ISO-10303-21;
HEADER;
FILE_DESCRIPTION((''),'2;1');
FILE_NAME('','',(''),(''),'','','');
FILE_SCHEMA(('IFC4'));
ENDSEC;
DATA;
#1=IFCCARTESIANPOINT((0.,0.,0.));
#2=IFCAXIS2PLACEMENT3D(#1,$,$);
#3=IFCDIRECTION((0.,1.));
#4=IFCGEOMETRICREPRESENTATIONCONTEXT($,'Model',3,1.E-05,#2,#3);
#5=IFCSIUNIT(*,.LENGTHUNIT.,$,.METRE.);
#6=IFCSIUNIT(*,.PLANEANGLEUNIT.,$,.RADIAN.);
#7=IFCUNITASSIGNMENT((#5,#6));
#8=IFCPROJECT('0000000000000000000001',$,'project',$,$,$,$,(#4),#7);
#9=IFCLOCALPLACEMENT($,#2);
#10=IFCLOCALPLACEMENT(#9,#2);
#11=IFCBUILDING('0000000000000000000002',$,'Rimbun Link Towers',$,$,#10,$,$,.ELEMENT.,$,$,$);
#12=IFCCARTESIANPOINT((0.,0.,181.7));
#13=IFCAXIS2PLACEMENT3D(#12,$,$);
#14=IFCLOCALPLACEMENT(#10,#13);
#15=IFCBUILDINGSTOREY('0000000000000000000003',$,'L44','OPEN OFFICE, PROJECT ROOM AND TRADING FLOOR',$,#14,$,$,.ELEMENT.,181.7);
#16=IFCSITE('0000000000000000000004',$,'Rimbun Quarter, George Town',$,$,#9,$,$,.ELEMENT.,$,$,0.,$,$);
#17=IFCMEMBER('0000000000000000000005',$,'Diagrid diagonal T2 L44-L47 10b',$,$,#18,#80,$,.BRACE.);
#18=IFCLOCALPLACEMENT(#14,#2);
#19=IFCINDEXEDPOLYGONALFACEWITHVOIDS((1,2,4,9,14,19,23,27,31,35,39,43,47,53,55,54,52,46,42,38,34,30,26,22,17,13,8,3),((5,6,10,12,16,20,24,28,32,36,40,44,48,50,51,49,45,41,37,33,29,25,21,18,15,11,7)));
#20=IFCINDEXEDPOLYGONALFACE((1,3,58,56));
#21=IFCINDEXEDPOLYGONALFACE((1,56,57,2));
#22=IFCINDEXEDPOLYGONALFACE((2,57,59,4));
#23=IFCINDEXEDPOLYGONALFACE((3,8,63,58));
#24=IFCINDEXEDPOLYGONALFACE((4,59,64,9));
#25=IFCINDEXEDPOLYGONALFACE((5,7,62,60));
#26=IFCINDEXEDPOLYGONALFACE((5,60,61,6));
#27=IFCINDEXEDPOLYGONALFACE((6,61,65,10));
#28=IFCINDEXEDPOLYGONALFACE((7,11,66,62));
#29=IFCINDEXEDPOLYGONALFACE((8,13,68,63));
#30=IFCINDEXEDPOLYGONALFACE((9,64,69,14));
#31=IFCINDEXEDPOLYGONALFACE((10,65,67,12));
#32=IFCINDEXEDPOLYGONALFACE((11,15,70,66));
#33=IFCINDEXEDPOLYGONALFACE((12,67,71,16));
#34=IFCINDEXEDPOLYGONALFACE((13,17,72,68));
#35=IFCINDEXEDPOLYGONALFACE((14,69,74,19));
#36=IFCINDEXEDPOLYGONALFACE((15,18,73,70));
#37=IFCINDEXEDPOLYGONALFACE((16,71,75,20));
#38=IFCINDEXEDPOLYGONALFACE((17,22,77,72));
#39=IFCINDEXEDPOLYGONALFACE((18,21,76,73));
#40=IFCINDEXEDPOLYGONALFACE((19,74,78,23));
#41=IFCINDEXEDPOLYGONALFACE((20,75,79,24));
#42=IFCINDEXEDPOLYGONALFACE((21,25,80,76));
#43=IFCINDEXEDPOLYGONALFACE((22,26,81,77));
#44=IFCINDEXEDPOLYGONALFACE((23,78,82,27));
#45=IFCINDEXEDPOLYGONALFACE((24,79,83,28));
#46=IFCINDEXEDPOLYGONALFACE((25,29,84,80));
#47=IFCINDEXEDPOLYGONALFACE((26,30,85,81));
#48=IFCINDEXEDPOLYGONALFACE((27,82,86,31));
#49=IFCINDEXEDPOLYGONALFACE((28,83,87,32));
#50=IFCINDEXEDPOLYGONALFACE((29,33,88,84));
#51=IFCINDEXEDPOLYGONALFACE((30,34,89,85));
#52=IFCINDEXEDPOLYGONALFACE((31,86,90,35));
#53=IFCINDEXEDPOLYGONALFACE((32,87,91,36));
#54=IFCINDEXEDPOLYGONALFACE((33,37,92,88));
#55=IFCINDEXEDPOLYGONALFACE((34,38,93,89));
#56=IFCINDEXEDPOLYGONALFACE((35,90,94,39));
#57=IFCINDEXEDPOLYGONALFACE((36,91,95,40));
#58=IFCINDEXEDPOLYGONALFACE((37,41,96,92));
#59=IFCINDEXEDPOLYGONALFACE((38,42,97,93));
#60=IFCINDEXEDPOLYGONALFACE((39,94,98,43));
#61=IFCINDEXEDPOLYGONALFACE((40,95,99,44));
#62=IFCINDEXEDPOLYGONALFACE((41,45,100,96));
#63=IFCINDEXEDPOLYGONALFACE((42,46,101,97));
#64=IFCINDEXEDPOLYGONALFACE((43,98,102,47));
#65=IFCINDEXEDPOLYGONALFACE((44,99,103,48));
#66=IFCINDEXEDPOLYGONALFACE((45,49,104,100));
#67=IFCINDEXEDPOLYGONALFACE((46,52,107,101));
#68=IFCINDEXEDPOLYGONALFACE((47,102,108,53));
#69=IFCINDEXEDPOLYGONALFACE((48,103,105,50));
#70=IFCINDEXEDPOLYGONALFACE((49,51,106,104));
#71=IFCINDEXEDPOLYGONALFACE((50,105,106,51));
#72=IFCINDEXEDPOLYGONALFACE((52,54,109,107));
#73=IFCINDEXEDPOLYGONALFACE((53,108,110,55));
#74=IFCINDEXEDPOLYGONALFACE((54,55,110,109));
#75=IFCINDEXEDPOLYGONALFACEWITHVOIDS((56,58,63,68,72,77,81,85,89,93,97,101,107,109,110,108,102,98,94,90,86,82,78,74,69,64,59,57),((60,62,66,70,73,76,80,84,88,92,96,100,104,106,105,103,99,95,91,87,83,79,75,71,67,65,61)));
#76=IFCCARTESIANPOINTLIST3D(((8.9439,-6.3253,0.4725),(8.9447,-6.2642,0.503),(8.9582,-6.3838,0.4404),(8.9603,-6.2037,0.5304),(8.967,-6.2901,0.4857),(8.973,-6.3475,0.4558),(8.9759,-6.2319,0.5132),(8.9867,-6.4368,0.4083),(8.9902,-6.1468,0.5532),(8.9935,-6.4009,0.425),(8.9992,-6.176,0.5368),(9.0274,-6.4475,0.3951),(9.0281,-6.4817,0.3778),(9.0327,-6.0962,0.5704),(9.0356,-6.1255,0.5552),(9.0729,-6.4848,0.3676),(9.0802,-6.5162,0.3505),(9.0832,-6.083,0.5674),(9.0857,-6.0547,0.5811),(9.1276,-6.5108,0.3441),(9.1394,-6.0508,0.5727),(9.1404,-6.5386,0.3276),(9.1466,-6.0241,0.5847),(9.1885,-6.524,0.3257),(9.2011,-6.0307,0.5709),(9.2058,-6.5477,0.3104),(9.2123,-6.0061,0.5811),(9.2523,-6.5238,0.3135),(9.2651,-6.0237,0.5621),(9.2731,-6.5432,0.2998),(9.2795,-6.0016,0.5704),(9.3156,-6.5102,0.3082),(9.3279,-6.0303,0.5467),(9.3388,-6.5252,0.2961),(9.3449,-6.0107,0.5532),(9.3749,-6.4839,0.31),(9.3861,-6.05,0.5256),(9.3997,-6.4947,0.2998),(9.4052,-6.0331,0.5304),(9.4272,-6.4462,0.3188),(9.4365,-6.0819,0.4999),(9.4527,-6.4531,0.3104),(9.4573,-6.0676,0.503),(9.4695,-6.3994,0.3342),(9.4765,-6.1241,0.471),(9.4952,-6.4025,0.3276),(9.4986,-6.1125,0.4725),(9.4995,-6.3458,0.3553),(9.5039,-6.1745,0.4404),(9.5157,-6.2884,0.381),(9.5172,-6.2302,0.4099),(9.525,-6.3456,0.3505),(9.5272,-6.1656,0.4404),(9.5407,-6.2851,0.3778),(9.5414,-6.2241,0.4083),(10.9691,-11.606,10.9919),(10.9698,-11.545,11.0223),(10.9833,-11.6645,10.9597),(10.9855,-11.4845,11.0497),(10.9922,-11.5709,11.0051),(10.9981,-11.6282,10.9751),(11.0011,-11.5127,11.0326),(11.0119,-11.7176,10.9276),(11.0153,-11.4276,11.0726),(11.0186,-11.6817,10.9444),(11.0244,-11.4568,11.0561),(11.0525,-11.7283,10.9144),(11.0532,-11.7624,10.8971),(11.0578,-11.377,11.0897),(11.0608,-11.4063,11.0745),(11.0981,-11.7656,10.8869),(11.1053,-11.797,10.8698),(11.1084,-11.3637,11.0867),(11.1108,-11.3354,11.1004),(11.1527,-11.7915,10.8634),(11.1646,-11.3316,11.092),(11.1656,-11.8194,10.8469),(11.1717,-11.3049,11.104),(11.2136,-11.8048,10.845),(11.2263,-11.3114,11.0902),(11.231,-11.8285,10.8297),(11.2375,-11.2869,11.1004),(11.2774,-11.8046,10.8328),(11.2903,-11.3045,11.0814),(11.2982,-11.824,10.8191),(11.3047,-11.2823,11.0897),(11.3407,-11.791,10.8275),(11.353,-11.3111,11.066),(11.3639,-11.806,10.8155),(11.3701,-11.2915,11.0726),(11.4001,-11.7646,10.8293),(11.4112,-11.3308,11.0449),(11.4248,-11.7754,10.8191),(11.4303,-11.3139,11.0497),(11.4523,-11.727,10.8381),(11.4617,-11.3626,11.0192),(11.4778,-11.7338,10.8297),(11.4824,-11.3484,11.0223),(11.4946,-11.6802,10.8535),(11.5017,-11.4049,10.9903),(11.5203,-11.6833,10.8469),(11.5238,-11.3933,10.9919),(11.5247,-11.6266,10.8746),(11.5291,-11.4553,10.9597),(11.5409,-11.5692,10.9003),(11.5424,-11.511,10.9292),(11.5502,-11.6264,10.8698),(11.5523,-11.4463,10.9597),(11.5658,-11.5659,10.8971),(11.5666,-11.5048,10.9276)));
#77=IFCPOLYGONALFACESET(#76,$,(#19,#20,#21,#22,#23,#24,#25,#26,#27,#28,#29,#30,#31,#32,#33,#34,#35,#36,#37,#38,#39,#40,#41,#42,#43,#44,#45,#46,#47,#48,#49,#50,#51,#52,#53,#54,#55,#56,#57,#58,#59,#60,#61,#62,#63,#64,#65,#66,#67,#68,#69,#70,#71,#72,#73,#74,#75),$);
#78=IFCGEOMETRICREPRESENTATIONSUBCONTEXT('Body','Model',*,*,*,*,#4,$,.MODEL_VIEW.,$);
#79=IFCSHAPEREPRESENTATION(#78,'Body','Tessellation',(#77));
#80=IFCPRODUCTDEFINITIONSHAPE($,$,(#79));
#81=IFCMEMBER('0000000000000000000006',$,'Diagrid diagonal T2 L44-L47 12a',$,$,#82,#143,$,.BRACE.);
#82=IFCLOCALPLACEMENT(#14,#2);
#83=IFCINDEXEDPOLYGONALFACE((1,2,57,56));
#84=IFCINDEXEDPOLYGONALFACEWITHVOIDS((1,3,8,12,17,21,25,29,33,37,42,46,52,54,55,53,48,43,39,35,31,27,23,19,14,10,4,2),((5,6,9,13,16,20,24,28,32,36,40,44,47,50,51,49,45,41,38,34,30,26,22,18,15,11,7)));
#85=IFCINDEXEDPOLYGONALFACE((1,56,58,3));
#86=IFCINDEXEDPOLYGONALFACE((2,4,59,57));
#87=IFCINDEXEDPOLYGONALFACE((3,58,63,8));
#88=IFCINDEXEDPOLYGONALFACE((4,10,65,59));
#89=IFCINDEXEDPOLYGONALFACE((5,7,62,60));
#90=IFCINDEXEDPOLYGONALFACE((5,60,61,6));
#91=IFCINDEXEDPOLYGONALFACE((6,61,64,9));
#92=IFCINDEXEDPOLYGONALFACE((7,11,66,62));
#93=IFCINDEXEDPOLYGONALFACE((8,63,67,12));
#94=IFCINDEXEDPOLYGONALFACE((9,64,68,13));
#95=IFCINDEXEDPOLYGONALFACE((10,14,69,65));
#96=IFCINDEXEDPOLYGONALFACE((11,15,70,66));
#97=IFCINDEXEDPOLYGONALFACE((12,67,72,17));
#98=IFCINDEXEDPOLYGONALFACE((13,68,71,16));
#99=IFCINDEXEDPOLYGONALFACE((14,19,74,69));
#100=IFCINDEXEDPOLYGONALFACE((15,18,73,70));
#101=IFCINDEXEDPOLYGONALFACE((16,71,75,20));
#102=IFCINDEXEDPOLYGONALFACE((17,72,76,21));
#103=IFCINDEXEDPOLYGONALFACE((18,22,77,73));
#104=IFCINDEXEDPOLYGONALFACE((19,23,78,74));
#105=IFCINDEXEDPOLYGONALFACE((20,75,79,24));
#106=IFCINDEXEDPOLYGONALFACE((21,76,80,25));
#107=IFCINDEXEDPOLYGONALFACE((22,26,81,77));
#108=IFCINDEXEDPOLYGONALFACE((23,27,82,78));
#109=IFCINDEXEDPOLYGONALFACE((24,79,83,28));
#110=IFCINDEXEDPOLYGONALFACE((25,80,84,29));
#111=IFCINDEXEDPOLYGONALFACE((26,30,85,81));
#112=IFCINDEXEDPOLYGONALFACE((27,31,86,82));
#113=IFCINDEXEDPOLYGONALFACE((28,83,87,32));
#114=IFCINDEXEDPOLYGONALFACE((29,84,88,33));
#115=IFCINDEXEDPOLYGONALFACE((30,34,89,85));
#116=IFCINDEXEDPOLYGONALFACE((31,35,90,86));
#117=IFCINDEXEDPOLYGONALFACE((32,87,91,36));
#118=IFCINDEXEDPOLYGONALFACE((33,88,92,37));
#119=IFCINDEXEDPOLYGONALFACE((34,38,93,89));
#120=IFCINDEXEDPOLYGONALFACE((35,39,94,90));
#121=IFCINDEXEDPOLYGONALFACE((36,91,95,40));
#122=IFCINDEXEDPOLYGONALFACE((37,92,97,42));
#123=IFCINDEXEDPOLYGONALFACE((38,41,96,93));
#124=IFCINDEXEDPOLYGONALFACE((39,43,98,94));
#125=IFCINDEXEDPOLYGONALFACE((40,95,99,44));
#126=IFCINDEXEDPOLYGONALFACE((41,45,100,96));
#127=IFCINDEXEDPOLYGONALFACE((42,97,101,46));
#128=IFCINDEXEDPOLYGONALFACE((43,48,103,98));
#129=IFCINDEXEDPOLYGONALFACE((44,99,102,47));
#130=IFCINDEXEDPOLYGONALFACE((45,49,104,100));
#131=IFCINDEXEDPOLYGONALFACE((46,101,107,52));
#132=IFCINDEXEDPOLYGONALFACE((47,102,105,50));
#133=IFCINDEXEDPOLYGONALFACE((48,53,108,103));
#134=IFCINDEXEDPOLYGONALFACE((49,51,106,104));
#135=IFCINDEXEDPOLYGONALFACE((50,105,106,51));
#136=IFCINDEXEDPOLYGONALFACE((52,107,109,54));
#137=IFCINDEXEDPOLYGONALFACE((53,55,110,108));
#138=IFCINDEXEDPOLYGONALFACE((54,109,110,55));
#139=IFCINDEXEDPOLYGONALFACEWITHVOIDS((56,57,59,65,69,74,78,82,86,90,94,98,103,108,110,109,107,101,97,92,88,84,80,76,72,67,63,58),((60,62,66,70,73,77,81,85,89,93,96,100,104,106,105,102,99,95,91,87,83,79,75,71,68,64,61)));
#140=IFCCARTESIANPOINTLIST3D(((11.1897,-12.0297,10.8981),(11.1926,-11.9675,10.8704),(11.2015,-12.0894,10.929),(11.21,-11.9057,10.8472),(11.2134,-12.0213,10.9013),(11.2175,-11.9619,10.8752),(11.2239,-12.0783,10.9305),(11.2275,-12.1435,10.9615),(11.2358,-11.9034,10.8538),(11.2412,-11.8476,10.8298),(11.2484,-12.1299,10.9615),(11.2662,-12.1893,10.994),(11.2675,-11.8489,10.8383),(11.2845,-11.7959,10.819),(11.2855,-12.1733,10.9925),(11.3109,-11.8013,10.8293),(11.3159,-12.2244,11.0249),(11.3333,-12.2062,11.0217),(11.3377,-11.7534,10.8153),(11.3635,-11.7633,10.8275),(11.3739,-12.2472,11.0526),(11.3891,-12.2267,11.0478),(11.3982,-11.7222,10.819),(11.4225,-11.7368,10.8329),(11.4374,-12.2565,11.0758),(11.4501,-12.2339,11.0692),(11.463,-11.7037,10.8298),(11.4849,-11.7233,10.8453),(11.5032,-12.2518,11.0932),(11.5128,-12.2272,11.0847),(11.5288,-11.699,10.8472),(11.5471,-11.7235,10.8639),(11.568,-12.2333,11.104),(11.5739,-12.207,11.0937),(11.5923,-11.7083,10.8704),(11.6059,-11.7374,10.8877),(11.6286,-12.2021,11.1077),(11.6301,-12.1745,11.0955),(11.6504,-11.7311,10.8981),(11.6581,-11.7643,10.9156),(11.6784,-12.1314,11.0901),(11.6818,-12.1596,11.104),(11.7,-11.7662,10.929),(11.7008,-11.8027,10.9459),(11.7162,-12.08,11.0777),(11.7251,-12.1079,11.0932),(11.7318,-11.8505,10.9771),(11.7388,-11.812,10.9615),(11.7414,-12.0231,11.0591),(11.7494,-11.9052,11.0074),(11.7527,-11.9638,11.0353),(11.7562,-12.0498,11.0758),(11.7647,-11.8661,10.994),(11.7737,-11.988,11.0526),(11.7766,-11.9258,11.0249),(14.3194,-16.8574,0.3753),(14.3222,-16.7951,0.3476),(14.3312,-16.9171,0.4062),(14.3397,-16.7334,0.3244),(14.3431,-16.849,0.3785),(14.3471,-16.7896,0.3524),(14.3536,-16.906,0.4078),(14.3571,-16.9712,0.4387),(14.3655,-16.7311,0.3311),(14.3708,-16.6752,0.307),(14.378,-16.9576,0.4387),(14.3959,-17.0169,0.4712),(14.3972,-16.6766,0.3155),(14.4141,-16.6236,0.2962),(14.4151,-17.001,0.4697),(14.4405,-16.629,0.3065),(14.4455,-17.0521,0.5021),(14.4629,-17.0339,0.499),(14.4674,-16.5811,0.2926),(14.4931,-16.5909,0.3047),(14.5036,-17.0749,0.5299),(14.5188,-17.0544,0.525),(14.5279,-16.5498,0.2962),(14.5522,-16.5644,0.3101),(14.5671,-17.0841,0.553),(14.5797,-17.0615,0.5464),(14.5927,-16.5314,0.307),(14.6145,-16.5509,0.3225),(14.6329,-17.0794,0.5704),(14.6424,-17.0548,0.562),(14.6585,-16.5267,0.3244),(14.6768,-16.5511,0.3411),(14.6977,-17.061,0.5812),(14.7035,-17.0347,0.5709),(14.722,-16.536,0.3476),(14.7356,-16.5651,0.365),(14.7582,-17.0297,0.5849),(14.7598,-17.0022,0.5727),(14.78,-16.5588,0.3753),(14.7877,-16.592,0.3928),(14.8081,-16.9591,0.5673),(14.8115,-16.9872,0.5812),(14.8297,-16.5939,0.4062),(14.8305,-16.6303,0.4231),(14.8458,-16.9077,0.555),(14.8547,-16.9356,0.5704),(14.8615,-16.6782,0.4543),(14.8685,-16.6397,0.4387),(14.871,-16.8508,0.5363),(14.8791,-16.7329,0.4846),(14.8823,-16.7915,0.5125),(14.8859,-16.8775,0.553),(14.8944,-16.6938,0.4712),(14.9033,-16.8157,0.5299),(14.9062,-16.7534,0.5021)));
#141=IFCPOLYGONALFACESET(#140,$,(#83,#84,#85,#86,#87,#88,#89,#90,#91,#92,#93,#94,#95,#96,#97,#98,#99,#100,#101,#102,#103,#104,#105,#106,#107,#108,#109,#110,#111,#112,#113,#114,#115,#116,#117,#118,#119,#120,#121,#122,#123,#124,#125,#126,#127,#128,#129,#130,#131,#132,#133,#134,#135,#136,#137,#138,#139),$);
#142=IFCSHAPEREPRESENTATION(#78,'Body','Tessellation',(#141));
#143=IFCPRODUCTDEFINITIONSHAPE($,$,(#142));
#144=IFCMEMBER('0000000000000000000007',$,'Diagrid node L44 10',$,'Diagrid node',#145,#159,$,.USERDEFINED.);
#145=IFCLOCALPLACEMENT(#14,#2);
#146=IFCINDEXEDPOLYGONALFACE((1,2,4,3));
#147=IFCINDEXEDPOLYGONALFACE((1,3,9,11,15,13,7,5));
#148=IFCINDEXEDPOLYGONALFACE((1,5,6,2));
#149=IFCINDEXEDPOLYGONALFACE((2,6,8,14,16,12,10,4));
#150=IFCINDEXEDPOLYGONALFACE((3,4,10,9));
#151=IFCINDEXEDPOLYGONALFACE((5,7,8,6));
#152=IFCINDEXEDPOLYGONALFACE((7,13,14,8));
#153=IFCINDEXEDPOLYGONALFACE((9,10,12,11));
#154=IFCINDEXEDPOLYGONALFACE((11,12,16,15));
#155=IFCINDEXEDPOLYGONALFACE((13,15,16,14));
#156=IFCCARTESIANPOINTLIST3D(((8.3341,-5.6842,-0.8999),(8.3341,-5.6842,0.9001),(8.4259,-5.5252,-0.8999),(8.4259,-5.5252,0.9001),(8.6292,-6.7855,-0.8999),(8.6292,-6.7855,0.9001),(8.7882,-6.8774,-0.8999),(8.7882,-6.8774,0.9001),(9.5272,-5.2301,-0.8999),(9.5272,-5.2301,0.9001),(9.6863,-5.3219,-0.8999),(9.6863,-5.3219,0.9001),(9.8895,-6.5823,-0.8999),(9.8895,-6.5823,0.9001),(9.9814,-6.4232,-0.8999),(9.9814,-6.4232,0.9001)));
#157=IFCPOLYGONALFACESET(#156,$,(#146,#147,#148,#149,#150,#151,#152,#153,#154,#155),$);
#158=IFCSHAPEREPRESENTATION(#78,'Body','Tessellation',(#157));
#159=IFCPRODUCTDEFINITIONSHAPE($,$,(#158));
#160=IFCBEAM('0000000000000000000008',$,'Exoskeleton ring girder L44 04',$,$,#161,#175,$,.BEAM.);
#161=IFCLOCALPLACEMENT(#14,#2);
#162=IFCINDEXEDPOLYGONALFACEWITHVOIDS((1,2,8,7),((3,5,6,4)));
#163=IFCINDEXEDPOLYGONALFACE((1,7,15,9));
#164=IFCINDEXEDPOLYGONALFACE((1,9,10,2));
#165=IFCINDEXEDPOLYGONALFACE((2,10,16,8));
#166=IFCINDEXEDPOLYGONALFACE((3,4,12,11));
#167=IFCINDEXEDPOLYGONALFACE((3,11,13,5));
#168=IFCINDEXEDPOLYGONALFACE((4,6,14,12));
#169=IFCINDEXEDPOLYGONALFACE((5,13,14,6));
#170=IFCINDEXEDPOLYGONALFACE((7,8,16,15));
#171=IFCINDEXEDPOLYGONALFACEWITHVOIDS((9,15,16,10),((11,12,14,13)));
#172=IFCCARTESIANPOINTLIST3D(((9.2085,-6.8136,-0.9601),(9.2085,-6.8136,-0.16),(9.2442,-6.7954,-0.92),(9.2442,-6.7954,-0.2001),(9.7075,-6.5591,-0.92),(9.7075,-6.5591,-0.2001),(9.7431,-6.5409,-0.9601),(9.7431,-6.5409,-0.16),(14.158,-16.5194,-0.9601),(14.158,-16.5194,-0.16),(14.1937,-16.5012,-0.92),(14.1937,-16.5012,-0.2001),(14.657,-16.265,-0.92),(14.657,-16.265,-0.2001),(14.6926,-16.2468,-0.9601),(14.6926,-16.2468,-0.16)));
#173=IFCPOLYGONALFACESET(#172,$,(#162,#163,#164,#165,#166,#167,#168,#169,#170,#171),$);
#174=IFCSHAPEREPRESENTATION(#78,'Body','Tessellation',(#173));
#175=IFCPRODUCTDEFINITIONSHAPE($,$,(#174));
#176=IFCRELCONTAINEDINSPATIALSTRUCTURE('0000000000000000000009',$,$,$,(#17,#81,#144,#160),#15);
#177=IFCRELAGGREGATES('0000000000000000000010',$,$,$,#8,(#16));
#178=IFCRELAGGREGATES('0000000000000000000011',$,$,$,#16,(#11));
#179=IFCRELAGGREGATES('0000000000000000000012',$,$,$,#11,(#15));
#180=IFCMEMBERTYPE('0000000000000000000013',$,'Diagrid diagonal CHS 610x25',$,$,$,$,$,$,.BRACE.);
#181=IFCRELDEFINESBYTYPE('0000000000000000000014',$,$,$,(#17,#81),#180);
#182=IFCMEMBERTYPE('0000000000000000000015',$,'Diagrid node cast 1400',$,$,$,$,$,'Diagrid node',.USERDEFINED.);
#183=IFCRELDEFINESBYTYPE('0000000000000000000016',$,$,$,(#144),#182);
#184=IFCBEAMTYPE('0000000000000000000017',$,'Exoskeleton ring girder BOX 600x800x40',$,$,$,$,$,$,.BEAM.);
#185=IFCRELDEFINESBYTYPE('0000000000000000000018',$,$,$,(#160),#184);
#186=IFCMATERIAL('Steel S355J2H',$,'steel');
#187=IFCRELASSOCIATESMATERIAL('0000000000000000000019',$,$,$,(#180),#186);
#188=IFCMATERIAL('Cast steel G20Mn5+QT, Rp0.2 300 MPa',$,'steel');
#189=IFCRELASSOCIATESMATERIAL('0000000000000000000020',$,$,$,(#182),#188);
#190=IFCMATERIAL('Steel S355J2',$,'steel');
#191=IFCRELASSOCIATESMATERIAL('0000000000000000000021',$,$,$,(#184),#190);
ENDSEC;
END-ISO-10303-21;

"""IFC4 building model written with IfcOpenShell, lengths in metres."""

from ifc_helpers import new_model, si_unit, direction, frame, origin, origin_2d, place, context, subcontext, project, spatial, polyline, hollow_rectangle, hollow_circle, outline, extrude, material, material_profile, profile_set, type_object, element, save


model = new_model("IFC4")

# Units and contexts
model_context = context("Model", 3, precision=1e-05, world=origin(), true_north=direction((0.0, 1.0)))
body_context = subcontext(model_context, "Body", "Model", "MODEL_VIEW")
ifc_project = project(units=[si_unit("LENGTHUNIT", "METRE"), si_unit("PLANEANGLEUNIT", "RADIAN")], contexts=[model_context])

# Site, building, storey
site_placement = place(None, origin())
site = spatial("IfcSite", under=ifc_project, at=site_placement, Name="Rimbun Quarter, George Town", CompositionType="ELEMENT", RefElevation=0.0)
building_placement = place(site_placement, origin())
building = spatial("IfcBuilding", under=site, at=building_placement, Name="Rimbun Link Towers", CompositionType="ELEMENT")
storey_placement = place(building_placement, frame((0.0, 0.0, 181.7)))
storey = spatial("IfcBuildingStorey", under=building, at=storey_placement, Name="L44", Description="OPEN OFFICE, PROJECT ROOM AND TRADING FLOOR", CompositionType="ELEMENT", Elevation=181.7)

# Members
ifc_material_1 = material(Name="Steel S355J2H", Category="steel")
ifc_material_profile_1 = material_profile(ifc_material_1, hollow_circle(Radius=0.3047, WallThickness=0.0249, at=origin_2d()), Name="Diagrid diagonal CHS 610x25")
ifc_profile_set_1 = profile_set([ifc_material_profile_1], Name="Steel S355J2H")
member_type_1 = type_object("IfcMemberType", Name="Diagrid diagonal CHS 610x25", PredefinedType="BRACE", material=ifc_profile_set_1)
member_1_placement = place(storey_placement, frame((9.2427, -6.2747, 0.4404), z_axis=(0.169563, -0.442152, 0.880767), x_axis=(0.933696, 0.358068, 0.0)))
element("IfcMember", 1, at=member_1_placement, inside=storey, type_object=member_type_1, Name="Diagrid diagonal T2 L44-L47 10b", PredefinedType="BRACE", context=body_context, shape_type="SweptSolid", body=[
    extrude(hollow_circle(Radius=0.3047, WallThickness=0.0249, at=origin_2d()), origin(), (0.0, 0.0, 1.0), 11.9434),
])
member_2_placement = place(storey_placement, frame((14.6128, -16.8054, 0.4387), z_axis=(-0.260959, 0.402543, 0.877416), x_axis=(-0.839104, -0.543971, 0.0)))
element("IfcMember", 2, at=member_2_placement, inside=storey, type_object=member_type_1, Name="Diagrid diagonal T2 L44-L47 12a", PredefinedType="BRACE", context=body_context, shape_type="SweptSolid", body=[
    extrude(hollow_circle(Radius=0.3047, WallThickness=0.0249, at=origin_2d()), origin(), (0.0, 0.0, 1.0), 11.9929),
])
ifc_material_2 = material(Name="Cast steel G20Mn5+QT, Rp0.2 300 MPa", Category="steel")
ifc_material_profile_2 = material_profile(ifc_material_2, outline(polyline([(0.7, -0.5701), (0.7, 0.5701), (0.5701, 0.7), (-0.5701, 0.7), (-0.7, 0.5701), (-0.7, -0.5701), (-0.5701, -0.7), (0.5701, -0.7), (0.7, -0.5701)])), Name="NODE 1400x1400")
ifc_profile_set_2 = profile_set([ifc_material_profile_2], Name="Cast steel G20Mn5+QT, Rp0.2 300 MPa")
member_type_2 = type_object("IfcMemberType", Name="Diagrid node cast 1400", ElementType="Diagrid node", PredefinedType="USERDEFINED", material=ifc_profile_set_2)
member_3_placement = place(storey_placement, frame((9.1577, -6.0537, -0.8999), z_axis=(0.0, 0.0, 1.0), x_axis=(-0.965926, -0.258819, 0.0)))
element("IfcMember", 3, at=member_3_placement, inside=storey, type_object=member_type_2, Name="Diagrid node L44 10", ObjectType="Diagrid node", PredefinedType="USERDEFINED", context=body_context, shape_type="SweptSolid", body=[
    extrude(outline(polyline([(0.7, -0.5701), (0.7, 0.5701), (0.5701, 0.7), (-0.5701, 0.7), (-0.7, 0.5701), (-0.7, -0.5701), (-0.5701, -0.7), (0.5701, -0.7), (0.7, -0.5701)])), origin(), (0.0, 0.0, 1.0), 1.8),
])

# Beam
ifc_material_3 = material(Name="Steel S355J2", Category="steel")
ifc_material_profile_3 = material_profile(ifc_material_3, hollow_rectangle(XDim=0.6001, YDim=0.8, WallThickness=0.04, at=origin_2d()), Name="Exoskeleton ring girder BOX 600x800x40")
ifc_profile_set_3 = profile_set([ifc_material_profile_3], Name="Steel S355J2")
beam_type_1 = type_object("IfcBeamType", Name="Exoskeleton ring girder BOX 600x800x40", PredefinedType="BEAM", material=ifc_profile_set_3)
beam_1_placement = place(storey_placement, frame((9.4758, -6.6772, -0.5601), z_axis=(0.45429, -0.890854, 0.0), x_axis=(0.890854, 0.45429, 0.0)))
element("IfcBeam", 4, at=beam_1_placement, inside=storey, type_object=beam_type_1, Name="Exoskeleton ring girder L44 04", PredefinedType="BEAM", context=body_context, shape_type="SweptSolid", body=[
    extrude(hollow_rectangle(XDim=0.6001, YDim=0.8, WallThickness=0.04, at=origin_2d()), origin(), (0.0, 0.0, 1.0), 10.895),
])

save(model, "model.ifc")
